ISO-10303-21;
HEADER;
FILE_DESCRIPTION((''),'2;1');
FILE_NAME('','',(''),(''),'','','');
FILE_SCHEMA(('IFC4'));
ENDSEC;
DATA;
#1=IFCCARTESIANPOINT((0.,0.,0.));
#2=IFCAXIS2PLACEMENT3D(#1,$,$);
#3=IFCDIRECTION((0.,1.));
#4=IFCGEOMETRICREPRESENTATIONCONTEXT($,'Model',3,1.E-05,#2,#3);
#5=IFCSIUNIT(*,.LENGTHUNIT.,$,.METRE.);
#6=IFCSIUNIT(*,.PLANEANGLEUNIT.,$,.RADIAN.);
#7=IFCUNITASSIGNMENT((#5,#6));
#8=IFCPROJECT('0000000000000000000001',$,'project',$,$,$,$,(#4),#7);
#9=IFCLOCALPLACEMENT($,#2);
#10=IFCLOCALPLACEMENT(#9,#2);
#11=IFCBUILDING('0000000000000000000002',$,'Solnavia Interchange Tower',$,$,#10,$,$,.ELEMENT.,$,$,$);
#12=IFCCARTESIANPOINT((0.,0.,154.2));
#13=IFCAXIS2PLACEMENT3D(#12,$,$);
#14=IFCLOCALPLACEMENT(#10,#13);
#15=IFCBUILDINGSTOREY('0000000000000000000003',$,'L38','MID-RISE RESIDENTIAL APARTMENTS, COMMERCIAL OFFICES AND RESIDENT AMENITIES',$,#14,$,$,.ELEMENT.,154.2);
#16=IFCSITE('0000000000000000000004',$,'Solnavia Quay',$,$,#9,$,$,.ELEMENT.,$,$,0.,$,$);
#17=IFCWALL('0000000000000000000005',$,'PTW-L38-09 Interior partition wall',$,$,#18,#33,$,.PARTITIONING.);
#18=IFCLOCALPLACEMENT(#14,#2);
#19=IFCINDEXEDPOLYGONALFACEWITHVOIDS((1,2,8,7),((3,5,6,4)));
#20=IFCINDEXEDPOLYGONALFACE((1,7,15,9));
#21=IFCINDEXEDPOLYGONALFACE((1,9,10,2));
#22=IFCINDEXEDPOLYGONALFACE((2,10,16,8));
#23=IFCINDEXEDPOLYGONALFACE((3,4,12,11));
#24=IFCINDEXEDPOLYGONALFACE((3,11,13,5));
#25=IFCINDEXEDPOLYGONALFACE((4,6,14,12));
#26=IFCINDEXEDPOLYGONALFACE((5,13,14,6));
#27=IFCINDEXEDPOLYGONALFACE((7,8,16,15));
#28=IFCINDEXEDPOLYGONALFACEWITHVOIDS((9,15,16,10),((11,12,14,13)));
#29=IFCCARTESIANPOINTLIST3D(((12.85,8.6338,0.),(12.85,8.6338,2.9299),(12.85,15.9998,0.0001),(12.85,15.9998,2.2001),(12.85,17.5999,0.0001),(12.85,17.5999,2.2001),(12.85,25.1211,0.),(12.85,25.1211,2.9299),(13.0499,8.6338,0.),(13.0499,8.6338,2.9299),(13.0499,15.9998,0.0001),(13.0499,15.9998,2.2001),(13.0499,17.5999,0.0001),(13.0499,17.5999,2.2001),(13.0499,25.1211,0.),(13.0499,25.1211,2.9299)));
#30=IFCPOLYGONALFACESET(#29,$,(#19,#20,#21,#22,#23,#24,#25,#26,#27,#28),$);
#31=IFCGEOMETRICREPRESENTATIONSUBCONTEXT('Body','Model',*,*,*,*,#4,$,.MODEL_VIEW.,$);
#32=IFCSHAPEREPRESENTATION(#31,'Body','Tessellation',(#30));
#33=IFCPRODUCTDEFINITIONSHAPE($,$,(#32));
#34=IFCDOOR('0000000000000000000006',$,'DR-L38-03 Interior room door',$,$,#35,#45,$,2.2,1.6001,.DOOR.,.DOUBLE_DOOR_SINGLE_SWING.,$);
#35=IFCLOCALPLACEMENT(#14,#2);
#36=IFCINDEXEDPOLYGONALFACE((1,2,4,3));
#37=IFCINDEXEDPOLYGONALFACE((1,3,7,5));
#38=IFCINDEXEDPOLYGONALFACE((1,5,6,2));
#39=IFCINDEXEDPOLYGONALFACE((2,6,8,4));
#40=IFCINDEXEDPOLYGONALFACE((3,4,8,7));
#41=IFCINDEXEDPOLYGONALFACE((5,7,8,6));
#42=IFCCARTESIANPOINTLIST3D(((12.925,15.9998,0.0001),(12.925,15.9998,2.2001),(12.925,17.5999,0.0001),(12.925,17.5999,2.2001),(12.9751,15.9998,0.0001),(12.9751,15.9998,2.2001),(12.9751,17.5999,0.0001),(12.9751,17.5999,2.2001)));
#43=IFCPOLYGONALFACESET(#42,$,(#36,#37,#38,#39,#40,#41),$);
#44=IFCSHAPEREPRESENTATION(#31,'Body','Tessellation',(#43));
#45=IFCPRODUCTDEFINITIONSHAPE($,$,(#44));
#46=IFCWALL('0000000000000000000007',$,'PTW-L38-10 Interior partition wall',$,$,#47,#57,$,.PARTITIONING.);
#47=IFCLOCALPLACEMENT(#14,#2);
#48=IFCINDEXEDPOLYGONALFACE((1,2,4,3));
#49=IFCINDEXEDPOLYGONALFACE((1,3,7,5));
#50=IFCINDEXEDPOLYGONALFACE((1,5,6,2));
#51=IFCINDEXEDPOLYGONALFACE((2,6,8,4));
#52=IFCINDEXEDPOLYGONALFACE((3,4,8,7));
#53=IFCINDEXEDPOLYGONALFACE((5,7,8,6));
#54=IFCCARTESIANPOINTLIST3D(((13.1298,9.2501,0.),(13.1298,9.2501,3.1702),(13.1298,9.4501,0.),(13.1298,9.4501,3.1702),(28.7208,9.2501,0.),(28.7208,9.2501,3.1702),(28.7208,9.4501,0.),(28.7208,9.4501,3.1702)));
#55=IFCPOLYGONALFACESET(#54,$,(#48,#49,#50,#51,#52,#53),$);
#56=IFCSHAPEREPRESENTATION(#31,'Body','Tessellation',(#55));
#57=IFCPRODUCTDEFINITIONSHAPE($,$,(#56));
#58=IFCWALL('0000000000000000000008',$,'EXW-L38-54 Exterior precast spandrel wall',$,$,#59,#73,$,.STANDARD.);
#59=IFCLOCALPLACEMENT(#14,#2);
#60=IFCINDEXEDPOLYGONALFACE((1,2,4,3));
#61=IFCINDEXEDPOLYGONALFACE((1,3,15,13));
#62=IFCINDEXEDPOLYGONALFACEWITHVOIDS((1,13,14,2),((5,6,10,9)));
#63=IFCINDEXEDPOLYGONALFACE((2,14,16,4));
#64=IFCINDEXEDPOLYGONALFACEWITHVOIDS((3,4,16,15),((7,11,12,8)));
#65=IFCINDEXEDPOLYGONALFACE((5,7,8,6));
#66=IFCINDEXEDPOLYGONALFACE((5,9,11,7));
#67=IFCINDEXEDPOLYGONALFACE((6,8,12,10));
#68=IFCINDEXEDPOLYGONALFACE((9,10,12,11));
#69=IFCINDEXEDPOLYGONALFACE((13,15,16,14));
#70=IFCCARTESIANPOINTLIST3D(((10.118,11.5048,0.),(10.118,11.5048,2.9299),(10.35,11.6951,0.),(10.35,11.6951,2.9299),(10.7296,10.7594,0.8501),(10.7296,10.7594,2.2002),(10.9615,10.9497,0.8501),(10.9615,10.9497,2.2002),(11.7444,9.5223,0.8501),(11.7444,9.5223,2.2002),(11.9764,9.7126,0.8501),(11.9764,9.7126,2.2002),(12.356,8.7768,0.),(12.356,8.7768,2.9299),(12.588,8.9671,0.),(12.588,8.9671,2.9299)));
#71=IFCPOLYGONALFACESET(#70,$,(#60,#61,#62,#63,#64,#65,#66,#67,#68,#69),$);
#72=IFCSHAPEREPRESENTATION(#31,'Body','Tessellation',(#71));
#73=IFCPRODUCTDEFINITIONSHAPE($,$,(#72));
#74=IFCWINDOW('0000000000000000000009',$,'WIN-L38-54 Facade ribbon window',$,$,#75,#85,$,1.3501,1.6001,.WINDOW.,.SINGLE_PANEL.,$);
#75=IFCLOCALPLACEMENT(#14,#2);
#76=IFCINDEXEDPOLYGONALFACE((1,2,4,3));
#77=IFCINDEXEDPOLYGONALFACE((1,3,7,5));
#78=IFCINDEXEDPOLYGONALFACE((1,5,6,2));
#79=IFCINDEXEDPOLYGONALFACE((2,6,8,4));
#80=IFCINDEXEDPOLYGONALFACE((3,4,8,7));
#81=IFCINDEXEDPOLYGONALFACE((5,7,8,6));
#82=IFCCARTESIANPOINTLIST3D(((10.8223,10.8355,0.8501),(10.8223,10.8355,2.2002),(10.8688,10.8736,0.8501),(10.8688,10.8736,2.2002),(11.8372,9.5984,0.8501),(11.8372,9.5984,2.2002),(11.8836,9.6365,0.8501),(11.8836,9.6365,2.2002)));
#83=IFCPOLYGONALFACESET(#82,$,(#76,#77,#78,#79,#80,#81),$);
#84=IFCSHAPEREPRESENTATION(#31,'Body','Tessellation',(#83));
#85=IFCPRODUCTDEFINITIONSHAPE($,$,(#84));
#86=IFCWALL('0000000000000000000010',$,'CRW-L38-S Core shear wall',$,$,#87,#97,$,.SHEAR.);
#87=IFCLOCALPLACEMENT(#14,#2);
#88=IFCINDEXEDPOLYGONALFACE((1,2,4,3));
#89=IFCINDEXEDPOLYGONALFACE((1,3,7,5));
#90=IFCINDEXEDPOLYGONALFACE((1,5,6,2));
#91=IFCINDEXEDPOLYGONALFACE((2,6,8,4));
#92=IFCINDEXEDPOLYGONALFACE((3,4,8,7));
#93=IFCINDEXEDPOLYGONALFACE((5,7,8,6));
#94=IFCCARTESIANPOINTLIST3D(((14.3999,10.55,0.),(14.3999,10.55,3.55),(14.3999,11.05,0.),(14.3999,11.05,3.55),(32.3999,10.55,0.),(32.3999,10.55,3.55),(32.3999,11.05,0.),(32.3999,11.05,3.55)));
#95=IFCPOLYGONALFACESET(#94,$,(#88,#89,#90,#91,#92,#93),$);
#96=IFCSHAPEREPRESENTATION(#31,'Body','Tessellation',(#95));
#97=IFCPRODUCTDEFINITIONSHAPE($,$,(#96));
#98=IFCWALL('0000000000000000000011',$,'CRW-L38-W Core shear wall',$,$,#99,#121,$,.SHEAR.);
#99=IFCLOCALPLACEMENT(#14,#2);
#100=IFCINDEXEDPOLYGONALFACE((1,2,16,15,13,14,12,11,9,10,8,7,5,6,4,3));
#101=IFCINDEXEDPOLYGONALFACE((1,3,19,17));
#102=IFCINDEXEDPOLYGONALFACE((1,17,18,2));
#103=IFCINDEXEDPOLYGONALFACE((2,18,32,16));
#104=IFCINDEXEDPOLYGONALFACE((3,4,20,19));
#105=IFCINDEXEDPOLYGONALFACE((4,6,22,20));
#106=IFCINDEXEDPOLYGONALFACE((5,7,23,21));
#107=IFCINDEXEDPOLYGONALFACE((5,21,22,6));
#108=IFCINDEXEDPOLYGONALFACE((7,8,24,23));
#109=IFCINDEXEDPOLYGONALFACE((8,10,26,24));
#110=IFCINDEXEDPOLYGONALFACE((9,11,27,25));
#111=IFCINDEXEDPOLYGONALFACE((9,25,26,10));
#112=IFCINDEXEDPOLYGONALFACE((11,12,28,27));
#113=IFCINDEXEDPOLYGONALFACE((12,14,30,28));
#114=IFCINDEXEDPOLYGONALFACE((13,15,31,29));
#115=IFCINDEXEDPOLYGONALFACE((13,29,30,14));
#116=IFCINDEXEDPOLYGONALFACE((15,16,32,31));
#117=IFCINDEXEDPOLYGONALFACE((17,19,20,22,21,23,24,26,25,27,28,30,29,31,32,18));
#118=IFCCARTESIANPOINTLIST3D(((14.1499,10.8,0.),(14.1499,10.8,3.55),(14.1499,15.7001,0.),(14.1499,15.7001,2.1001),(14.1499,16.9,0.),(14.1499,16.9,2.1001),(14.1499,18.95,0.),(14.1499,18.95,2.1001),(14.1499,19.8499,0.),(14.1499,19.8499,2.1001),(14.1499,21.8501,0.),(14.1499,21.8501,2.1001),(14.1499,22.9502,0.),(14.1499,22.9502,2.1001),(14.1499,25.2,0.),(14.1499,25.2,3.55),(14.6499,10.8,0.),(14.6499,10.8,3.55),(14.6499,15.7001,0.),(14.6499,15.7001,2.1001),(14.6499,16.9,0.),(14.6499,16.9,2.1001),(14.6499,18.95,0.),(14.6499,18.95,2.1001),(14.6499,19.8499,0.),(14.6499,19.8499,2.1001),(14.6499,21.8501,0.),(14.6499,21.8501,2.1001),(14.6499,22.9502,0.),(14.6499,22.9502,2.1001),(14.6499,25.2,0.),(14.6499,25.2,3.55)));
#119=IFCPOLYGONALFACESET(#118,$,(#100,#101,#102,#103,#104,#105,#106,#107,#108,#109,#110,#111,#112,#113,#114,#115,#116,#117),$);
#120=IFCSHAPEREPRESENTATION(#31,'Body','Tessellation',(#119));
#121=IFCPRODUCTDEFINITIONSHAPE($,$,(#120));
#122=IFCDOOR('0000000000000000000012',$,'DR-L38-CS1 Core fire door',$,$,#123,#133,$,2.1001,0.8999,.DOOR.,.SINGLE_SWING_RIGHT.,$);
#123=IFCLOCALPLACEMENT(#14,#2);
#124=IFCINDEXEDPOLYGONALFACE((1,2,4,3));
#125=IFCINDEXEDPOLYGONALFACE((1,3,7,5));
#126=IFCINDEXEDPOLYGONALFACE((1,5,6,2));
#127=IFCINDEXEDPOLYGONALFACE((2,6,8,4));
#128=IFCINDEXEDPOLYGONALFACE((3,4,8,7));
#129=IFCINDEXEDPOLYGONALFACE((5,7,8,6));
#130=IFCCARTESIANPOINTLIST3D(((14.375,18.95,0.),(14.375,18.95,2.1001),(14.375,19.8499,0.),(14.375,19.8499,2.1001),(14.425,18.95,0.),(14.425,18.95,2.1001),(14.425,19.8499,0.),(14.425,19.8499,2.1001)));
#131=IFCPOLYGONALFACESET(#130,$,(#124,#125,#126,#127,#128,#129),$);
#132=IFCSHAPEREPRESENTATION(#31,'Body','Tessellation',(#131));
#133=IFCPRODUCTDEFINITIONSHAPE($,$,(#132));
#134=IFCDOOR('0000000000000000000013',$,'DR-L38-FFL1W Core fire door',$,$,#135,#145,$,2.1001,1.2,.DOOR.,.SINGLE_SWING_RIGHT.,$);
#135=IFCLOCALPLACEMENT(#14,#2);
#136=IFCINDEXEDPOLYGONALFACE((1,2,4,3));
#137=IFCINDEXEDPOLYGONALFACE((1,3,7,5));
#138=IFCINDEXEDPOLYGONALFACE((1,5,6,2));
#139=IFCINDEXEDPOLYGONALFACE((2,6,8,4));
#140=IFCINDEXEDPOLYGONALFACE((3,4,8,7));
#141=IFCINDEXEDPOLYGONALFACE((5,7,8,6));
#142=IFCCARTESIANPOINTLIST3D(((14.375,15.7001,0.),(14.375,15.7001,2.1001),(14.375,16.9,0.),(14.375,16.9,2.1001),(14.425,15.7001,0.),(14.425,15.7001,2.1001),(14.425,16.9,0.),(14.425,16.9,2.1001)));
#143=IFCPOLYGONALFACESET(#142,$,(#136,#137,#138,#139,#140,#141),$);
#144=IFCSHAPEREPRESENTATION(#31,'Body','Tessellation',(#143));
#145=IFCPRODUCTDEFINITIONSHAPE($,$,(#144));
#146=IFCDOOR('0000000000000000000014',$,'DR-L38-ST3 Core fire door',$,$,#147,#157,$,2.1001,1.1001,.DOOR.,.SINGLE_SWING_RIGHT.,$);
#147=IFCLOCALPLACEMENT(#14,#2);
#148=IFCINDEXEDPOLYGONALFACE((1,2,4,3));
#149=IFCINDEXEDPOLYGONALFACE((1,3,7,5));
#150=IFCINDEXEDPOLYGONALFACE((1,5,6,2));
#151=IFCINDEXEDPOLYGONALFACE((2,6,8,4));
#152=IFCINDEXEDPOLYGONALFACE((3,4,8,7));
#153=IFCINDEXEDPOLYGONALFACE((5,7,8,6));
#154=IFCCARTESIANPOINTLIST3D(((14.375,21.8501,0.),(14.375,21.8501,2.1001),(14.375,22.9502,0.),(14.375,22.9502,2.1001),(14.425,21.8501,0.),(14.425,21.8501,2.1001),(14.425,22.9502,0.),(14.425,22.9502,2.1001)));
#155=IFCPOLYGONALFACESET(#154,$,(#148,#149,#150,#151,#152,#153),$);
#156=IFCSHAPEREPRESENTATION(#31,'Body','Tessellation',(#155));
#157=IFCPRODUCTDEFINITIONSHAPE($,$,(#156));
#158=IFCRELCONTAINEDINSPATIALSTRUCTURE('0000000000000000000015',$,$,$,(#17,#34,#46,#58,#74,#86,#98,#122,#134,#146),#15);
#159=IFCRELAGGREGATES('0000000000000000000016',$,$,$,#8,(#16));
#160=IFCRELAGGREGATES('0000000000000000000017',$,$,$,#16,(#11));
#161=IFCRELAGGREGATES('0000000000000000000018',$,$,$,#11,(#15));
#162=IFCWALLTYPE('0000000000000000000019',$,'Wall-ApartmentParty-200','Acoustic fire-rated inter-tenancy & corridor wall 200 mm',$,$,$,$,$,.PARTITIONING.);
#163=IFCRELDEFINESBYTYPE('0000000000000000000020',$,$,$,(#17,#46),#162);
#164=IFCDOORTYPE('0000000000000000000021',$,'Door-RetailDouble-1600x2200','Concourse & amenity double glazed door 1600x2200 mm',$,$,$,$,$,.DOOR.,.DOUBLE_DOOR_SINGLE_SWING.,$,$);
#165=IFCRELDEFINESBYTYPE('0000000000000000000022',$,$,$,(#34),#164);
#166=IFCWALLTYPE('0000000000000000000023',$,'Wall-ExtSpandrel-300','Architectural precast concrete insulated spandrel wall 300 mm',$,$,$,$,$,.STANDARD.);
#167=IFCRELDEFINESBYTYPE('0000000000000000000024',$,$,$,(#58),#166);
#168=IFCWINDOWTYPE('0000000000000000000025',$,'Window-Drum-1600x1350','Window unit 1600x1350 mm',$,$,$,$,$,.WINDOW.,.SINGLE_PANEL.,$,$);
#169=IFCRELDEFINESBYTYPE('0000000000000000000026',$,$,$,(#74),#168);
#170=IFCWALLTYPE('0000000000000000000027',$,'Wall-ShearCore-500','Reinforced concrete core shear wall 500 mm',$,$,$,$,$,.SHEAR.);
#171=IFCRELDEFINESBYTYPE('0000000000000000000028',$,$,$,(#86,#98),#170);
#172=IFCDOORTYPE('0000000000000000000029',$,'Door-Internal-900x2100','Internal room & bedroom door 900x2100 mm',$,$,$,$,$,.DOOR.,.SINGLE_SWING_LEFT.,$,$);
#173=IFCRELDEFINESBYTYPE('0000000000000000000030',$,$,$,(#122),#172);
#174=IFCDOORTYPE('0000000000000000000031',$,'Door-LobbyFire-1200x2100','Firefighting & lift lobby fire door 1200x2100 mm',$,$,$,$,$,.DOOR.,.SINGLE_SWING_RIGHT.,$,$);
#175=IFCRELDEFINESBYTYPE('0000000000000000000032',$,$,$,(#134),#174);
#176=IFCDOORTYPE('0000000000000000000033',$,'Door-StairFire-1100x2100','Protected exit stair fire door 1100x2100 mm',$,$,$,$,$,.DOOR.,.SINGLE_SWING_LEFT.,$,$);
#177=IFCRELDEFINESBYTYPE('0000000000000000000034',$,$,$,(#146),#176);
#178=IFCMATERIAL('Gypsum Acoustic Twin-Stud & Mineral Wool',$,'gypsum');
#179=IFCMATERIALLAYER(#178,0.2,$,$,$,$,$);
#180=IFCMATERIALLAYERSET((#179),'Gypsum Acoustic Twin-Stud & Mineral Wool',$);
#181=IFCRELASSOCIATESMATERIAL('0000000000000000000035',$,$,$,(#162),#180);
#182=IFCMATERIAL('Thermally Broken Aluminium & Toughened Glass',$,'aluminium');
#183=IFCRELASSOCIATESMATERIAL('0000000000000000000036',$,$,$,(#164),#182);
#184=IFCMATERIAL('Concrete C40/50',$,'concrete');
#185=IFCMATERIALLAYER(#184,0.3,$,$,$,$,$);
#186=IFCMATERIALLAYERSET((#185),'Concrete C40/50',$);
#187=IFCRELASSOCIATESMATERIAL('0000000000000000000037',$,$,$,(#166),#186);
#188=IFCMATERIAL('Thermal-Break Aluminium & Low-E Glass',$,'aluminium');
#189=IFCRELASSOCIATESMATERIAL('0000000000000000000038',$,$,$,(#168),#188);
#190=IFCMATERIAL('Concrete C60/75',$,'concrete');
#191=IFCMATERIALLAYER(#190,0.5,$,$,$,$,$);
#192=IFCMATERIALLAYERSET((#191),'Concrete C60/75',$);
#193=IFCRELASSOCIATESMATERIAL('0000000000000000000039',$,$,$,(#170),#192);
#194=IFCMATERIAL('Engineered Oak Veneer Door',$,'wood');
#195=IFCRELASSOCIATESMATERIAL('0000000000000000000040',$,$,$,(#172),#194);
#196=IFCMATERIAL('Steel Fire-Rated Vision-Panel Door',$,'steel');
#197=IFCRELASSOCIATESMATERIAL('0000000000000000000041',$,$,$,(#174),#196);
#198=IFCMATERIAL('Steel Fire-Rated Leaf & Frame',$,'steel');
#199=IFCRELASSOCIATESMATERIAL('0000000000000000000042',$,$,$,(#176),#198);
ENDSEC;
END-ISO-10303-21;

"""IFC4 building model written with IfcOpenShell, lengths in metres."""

from ifc_helpers import new_model, si_unit, direction, frame, frame_2d, origin, place, context, subcontext, project, spatial, rectangle, extrude, material, layer, layer_set, type_object, element, fill, save


model = new_model("IFC4")

# Units and contexts
model_context = context("Model", 3, precision=1e-05, world=origin(), true_north=direction((0.0, 1.0)))
body_context = subcontext(model_context, "Body", "Model", "MODEL_VIEW")
ifc_project = project(units=[si_unit("LENGTHUNIT", "METRE"), si_unit("PLANEANGLEUNIT", "RADIAN")], contexts=[model_context])

# Site, building, storey
site_placement = place(None, origin())
site = spatial("IfcSite", under=ifc_project, at=site_placement, Name="Solnavia Quay", CompositionType="ELEMENT", RefElevation=0.0)
building_placement = place(site_placement, origin())
building = spatial("IfcBuilding", under=site, at=building_placement, Name="Solnavia Interchange Tower", CompositionType="ELEMENT")
storey_placement = place(building_placement, frame((0.0, 0.0, 154.2)))
storey = spatial("IfcBuildingStorey", under=building, at=storey_placement, Name="L38", Description="MID-RISE RESIDENTIAL APARTMENTS, COMMERCIAL OFFICES AND RESIDENT AMENITIES", CompositionType="ELEMENT", Elevation=154.2)

# Shared definitions
ifc_material_1 = material(Name="Concrete C40/50", Category="concrete")

# Wall, opening, door
ifc_material_2 = material(Name="Gypsum Acoustic Twin-Stud & Mineral Wool", Category="gypsum")
ifc_layer_1 = layer(ifc_material_2, 0.2)
ifc_layer_set_1 = layer_set([ifc_layer_1], Name="Gypsum Acoustic Twin-Stud & Mineral Wool")
wall_type_1 = type_object("IfcWallType", Name="Wall-ApartmentParty-200", Description="Acoustic fire-rated inter-tenancy & corridor wall 200 mm", PredefinedType="PARTITIONING", material=ifc_layer_set_1)
wall_1_placement = place(storey_placement, frame((12.95, 8.6338, 0.0), z_axis=(0.0, 0.0, 1.0), x_axis=(0.0, 1.0, 0.0)))
wall_1 = element("IfcWall", 1, at=wall_1_placement, inside=storey, type_object=wall_type_1, Name="PTW-L38-09 Interior partition wall", PredefinedType="PARTITIONING", context=body_context, shape_type="SweptSolid", body=[
    extrude(rectangle(XDim=16.4873, YDim=0.2, at=frame_2d((8.2437, 0.0))), origin(), (0.0, 0.0, 1.0), 2.9299),
])
opening_1_placement = place(wall_1_placement, frame((7.366, 0.0, 0.0)))
opening_1 = element("IfcOpeningElement", 2, at=opening_1_placement, cuts=wall_1, PredefinedType="OPENING", context=body_context, shape_type="SweptSolid", body=[
    extrude(rectangle(XDim=1.6001, YDim=2.2, at=frame_2d((0.8, 1.1001))), frame((0.0, 0.1099, 0.0), z_axis=(0.0, -1.0, 0.0), x_axis=(1.0, 0.0, 0.0)), (0.0, 0.0, 1.0), 0.22),
])
ifc_material_3 = material(Name="Thermally Broken Aluminium & Toughened Glass", Category="aluminium")
door_type_1 = type_object("IfcDoorType", Name="Door-RetailDouble-1600x2200", Description="Concourse & amenity double glazed door 1600x2200 mm", OperationType="DOUBLE_DOOR_SINGLE_SWING", PredefinedType="DOOR", material=ifc_material_3)
door_1_placement = place(opening_1_placement, origin())
door_1 = element("IfcDoor", 3, at=door_1_placement, inside=storey, type_object=door_type_1, Name="DR-L38-03 Interior room door", OperationType="DOUBLE_DOOR_SINGLE_SWING", OverallHeight=2.2, OverallWidth=1.6001, PredefinedType="DOOR", context=body_context, shape_type="SweptSolid", body=[
    extrude(rectangle(XDim=1.6001, YDim=2.2, at=frame_2d((0.8, 1.1001))), frame((0.0, 0.0249, 0.0), z_axis=(0.0, -1.0, 0.0), x_axis=(1.0, 0.0, 0.0)), (0.0, 0.0, 1.0), 0.05),
])
fill(opening_1, door_1)

# Wall
wall_2_placement = place(storey_placement, frame((13.1299, 9.3501, 0.0), z_axis=(0.0, 0.0, 1.0), x_axis=(1.0, 0.0, 0.0)))
element("IfcWall", 4, at=wall_2_placement, inside=storey, type_object=wall_type_1, Name="PTW-L38-10 Interior partition wall", PredefinedType="PARTITIONING", context=body_context, shape_type="SweptSolid", body=[
    extrude(rectangle(XDim=15.5911, YDim=0.2, at=frame_2d((7.7954, 0.0))), origin(), (0.0, 0.0, 1.0), 3.1702),
])

# Wall, opening, window
ifc_layer_2 = layer(ifc_material_1, 0.3)
ifc_layer_set_2 = layer_set([ifc_layer_2], Name="Concrete C40/50")
wall_type_2 = type_object("IfcWallType", Name="Wall-ExtSpandrel-300", Description="Architectural precast concrete insulated spandrel wall 300 mm", PredefinedType="STANDARD", material=ifc_layer_set_2)
wall_3_placement = place(storey_placement, frame((12.4719, 8.8721, 0.0), z_axis=(0.0, 0.0, 1.0), x_axis=(-0.634258, 0.773121, 0.0)))
wall_3 = element("IfcWall", 5, at=wall_3_placement, inside=storey, type_object=wall_type_2, Name="EXW-L38-54 Exterior precast spandrel wall", PredefinedType="STANDARD", context=body_context, shape_type="SweptSolid", body=[
    extrude(rectangle(XDim=3.5286, YDim=0.3, at=frame_2d((1.7642, 0.0))), origin(), (0.0, 0.0, 1.0), 2.9299),
])
opening_2_placement = place(wall_3_placement, frame((0.9641, 0.0, 0.8501)))
opening_2 = element("IfcOpeningElement", 6, at=opening_2_placement, cuts=wall_3, PredefinedType="OPENING", context=body_context, shape_type="SweptSolid", body=[
    extrude(rectangle(XDim=1.6001, YDim=1.3501, at=frame_2d((0.8, 0.675))), frame((0.0, 0.1602, 0.0), z_axis=(0.0, -1.0, 0.0), x_axis=(1.0, 0.0, 0.0)), (0.0, 0.0, 1.0), 0.3201),
])
ifc_material_4 = material(Name="Thermal-Break Aluminium & Low-E Glass", Category="aluminium")
window_type = type_object("IfcWindowType", Name="Window-Drum-1600x1350", Description="Window unit 1600x1350 mm", PartitioningType="SINGLE_PANEL", PredefinedType="WINDOW", material=ifc_material_4)
window_placement = place(opening_2_placement, origin())
window = element("IfcWindow", 7, at=window_placement, inside=storey, type_object=window_type, Name="WIN-L38-54 Facade ribbon window", OverallHeight=1.3501, OverallWidth=1.6001, PartitioningType="SINGLE_PANEL", PredefinedType="WINDOW", context=body_context, shape_type="SweptSolid", body=[
    extrude(rectangle(XDim=1.6001, YDim=1.3501, at=frame_2d((0.8, 0.675))), frame((0.0, 0.03, 0.0), z_axis=(0.0, -1.0, 0.0), x_axis=(1.0, 0.0, 0.0)), (0.0, 0.0, 1.0), 0.0601),
])
fill(opening_2, window)

# Wall
ifc_material_5 = material(Name="Concrete C60/75", Category="concrete")
ifc_layer_3 = layer(ifc_material_5, 0.5)
ifc_layer_set_3 = layer_set([ifc_layer_3], Name="Concrete C60/75")
wall_type_3 = type_object("IfcWallType", Name="Wall-ShearCore-500", Description="Reinforced concrete core shear wall 500 mm", PredefinedType="SHEAR", material=ifc_layer_set_3)
wall_4_placement = place(storey_placement, frame((14.3999, 10.8, 0.0), z_axis=(0.0, 0.0, 1.0), x_axis=(1.0, 0.0, 0.0)))
element("IfcWall", 8, at=wall_4_placement, inside=storey, type_object=wall_type_3, Name="CRW-L38-S Core shear wall", PredefinedType="SHEAR", context=body_context, shape_type="SweptSolid", body=[
    extrude(rectangle(XDim=18.0, YDim=0.5, at=frame_2d((9.0, 0.0))), origin(), (0.0, 0.0, 1.0), 3.55),
])

# Wall, openings, doors
wall_5_placement = place(storey_placement, frame((14.3999, 10.8, 0.0), z_axis=(0.0, 0.0, 1.0), x_axis=(0.0, 1.0, 0.0)))
wall_5 = element("IfcWall", 9, at=wall_5_placement, inside=storey, type_object=wall_type_3, Name="CRW-L38-W Core shear wall", PredefinedType="SHEAR", context=body_context, shape_type="SweptSolid", body=[
    extrude(rectangle(XDim=14.3999, YDim=0.5, at=frame_2d((7.2, 0.0))), origin(), (0.0, 0.0, 1.0), 3.55),
])
opening_3_placement = place(wall_5_placement, frame((11.05, 0.0, 0.0)))
opening_3 = element("IfcOpeningElement", 10, at=opening_3_placement, cuts=wall_5, PredefinedType="OPENING", context=body_context, shape_type="SweptSolid", body=[
    extrude(rectangle(XDim=1.1001, YDim=2.1001, at=frame_2d((0.55, 1.05))), frame((0.0, 0.26, 0.0), z_axis=(0.0, -1.0, 0.0), x_axis=(1.0, 0.0, 0.0)), (0.0, 0.0, 1.0), 0.52),
])
opening_4_placement = place(wall_5_placement, frame((4.8999, 0.0, 0.0)))
opening_4 = element("IfcOpeningElement", 11, at=opening_4_placement, cuts=wall_5, PredefinedType="OPENING", context=body_context, shape_type="SweptSolid", body=[
    extrude(rectangle(XDim=1.2, YDim=2.1001, at=frame_2d((0.6001, 1.05))), frame((0.0, 0.26, 0.0), z_axis=(0.0, -1.0, 0.0), x_axis=(1.0, 0.0, 0.0)), (0.0, 0.0, 1.0), 0.52),
])
opening_5_placement = place(wall_5_placement, frame((8.1499, 0.0, 0.0)))
opening_5 = element("IfcOpeningElement", 12, at=opening_5_placement, cuts=wall_5, PredefinedType="OPENING", context=body_context, shape_type="SweptSolid", body=[
    extrude(rectangle(XDim=0.8999, YDim=2.1001, at=frame_2d((0.45, 1.05))), frame((0.0, 0.26, 0.0), z_axis=(0.0, -1.0, 0.0), x_axis=(1.0, 0.0, 0.0)), (0.0, 0.0, 1.0), 0.52),
])
ifc_material_6 = material(Name="Engineered Oak Veneer Door", Category="wood")
door_type_2 = type_object("IfcDoorType", Name="Door-Internal-900x2100", Description="Internal room & bedroom door 900x2100 mm", OperationType="SINGLE_SWING_LEFT", PredefinedType="DOOR", material=ifc_material_6)
door_2_placement = place(opening_5_placement, origin())
door_2 = element("IfcDoor", 13, at=door_2_placement, inside=storey, type_object=door_type_2, Name="DR-L38-CS1 Core fire door", OperationType="SINGLE_SWING_RIGHT", OverallHeight=2.1001, OverallWidth=0.8999, PredefinedType="DOOR", context=body_context, shape_type="SweptSolid", body=[
    extrude(rectangle(XDim=0.8999, YDim=2.1001, at=frame_2d((0.45, 1.05))), frame((0.0, 0.0249, 0.0), z_axis=(0.0, -1.0, 0.0), x_axis=(1.0, 0.0, 0.0)), (0.0, 0.0, 1.0), 0.05),
])
fill(opening_5, door_2)
ifc_material_7 = material(Name="Steel Fire-Rated Vision-Panel Door", Category="steel")
door_type_3 = type_object("IfcDoorType", Name="Door-LobbyFire-1200x2100", Description="Firefighting & lift lobby fire door 1200x2100 mm", OperationType="SINGLE_SWING_RIGHT", PredefinedType="DOOR", material=ifc_material_7)
door_3_placement = place(opening_4_placement, origin())
door_3 = element("IfcDoor", 14, at=door_3_placement, inside=storey, type_object=door_type_3, Name="DR-L38-FFL1W Core fire door", OperationType="SINGLE_SWING_RIGHT", OverallHeight=2.1001, OverallWidth=1.2, PredefinedType="DOOR", context=body_context, shape_type="SweptSolid", body=[
    extrude(rectangle(XDim=1.2, YDim=2.1001, at=frame_2d((0.6001, 1.05))), frame((0.0, 0.0249, 0.0), z_axis=(0.0, -1.0, 0.0), x_axis=(1.0, 0.0, 0.0)), (0.0, 0.0, 1.0), 0.05),
])
fill(opening_4, door_3)
ifc_material_8 = material(Name="Steel Fire-Rated Leaf & Frame", Category="steel")
door_type_4 = type_object("IfcDoorType", Name="Door-StairFire-1100x2100", Description="Protected exit stair fire door 1100x2100 mm", OperationType="SINGLE_SWING_LEFT", PredefinedType="DOOR", material=ifc_material_8)
door_4_placement = place(opening_3_placement, origin())
door_4 = element("IfcDoor", 15, at=door_4_placement, inside=storey, type_object=door_type_4, Name="DR-L38-ST3 Core fire door", OperationType="SINGLE_SWING_RIGHT", OverallHeight=2.1001, OverallWidth=1.1001, PredefinedType="DOOR", context=body_context, shape_type="SweptSolid", body=[
    extrude(rectangle(XDim=1.1001, YDim=2.1001, at=frame_2d((0.55, 1.05))), frame((0.0, 0.0249, 0.0), z_axis=(0.0, -1.0, 0.0), x_axis=(1.0, 0.0, 0.0)), (0.0, 0.0, 1.0), 0.05),
])
fill(opening_3, door_4)

save(model, "model.ifc")
